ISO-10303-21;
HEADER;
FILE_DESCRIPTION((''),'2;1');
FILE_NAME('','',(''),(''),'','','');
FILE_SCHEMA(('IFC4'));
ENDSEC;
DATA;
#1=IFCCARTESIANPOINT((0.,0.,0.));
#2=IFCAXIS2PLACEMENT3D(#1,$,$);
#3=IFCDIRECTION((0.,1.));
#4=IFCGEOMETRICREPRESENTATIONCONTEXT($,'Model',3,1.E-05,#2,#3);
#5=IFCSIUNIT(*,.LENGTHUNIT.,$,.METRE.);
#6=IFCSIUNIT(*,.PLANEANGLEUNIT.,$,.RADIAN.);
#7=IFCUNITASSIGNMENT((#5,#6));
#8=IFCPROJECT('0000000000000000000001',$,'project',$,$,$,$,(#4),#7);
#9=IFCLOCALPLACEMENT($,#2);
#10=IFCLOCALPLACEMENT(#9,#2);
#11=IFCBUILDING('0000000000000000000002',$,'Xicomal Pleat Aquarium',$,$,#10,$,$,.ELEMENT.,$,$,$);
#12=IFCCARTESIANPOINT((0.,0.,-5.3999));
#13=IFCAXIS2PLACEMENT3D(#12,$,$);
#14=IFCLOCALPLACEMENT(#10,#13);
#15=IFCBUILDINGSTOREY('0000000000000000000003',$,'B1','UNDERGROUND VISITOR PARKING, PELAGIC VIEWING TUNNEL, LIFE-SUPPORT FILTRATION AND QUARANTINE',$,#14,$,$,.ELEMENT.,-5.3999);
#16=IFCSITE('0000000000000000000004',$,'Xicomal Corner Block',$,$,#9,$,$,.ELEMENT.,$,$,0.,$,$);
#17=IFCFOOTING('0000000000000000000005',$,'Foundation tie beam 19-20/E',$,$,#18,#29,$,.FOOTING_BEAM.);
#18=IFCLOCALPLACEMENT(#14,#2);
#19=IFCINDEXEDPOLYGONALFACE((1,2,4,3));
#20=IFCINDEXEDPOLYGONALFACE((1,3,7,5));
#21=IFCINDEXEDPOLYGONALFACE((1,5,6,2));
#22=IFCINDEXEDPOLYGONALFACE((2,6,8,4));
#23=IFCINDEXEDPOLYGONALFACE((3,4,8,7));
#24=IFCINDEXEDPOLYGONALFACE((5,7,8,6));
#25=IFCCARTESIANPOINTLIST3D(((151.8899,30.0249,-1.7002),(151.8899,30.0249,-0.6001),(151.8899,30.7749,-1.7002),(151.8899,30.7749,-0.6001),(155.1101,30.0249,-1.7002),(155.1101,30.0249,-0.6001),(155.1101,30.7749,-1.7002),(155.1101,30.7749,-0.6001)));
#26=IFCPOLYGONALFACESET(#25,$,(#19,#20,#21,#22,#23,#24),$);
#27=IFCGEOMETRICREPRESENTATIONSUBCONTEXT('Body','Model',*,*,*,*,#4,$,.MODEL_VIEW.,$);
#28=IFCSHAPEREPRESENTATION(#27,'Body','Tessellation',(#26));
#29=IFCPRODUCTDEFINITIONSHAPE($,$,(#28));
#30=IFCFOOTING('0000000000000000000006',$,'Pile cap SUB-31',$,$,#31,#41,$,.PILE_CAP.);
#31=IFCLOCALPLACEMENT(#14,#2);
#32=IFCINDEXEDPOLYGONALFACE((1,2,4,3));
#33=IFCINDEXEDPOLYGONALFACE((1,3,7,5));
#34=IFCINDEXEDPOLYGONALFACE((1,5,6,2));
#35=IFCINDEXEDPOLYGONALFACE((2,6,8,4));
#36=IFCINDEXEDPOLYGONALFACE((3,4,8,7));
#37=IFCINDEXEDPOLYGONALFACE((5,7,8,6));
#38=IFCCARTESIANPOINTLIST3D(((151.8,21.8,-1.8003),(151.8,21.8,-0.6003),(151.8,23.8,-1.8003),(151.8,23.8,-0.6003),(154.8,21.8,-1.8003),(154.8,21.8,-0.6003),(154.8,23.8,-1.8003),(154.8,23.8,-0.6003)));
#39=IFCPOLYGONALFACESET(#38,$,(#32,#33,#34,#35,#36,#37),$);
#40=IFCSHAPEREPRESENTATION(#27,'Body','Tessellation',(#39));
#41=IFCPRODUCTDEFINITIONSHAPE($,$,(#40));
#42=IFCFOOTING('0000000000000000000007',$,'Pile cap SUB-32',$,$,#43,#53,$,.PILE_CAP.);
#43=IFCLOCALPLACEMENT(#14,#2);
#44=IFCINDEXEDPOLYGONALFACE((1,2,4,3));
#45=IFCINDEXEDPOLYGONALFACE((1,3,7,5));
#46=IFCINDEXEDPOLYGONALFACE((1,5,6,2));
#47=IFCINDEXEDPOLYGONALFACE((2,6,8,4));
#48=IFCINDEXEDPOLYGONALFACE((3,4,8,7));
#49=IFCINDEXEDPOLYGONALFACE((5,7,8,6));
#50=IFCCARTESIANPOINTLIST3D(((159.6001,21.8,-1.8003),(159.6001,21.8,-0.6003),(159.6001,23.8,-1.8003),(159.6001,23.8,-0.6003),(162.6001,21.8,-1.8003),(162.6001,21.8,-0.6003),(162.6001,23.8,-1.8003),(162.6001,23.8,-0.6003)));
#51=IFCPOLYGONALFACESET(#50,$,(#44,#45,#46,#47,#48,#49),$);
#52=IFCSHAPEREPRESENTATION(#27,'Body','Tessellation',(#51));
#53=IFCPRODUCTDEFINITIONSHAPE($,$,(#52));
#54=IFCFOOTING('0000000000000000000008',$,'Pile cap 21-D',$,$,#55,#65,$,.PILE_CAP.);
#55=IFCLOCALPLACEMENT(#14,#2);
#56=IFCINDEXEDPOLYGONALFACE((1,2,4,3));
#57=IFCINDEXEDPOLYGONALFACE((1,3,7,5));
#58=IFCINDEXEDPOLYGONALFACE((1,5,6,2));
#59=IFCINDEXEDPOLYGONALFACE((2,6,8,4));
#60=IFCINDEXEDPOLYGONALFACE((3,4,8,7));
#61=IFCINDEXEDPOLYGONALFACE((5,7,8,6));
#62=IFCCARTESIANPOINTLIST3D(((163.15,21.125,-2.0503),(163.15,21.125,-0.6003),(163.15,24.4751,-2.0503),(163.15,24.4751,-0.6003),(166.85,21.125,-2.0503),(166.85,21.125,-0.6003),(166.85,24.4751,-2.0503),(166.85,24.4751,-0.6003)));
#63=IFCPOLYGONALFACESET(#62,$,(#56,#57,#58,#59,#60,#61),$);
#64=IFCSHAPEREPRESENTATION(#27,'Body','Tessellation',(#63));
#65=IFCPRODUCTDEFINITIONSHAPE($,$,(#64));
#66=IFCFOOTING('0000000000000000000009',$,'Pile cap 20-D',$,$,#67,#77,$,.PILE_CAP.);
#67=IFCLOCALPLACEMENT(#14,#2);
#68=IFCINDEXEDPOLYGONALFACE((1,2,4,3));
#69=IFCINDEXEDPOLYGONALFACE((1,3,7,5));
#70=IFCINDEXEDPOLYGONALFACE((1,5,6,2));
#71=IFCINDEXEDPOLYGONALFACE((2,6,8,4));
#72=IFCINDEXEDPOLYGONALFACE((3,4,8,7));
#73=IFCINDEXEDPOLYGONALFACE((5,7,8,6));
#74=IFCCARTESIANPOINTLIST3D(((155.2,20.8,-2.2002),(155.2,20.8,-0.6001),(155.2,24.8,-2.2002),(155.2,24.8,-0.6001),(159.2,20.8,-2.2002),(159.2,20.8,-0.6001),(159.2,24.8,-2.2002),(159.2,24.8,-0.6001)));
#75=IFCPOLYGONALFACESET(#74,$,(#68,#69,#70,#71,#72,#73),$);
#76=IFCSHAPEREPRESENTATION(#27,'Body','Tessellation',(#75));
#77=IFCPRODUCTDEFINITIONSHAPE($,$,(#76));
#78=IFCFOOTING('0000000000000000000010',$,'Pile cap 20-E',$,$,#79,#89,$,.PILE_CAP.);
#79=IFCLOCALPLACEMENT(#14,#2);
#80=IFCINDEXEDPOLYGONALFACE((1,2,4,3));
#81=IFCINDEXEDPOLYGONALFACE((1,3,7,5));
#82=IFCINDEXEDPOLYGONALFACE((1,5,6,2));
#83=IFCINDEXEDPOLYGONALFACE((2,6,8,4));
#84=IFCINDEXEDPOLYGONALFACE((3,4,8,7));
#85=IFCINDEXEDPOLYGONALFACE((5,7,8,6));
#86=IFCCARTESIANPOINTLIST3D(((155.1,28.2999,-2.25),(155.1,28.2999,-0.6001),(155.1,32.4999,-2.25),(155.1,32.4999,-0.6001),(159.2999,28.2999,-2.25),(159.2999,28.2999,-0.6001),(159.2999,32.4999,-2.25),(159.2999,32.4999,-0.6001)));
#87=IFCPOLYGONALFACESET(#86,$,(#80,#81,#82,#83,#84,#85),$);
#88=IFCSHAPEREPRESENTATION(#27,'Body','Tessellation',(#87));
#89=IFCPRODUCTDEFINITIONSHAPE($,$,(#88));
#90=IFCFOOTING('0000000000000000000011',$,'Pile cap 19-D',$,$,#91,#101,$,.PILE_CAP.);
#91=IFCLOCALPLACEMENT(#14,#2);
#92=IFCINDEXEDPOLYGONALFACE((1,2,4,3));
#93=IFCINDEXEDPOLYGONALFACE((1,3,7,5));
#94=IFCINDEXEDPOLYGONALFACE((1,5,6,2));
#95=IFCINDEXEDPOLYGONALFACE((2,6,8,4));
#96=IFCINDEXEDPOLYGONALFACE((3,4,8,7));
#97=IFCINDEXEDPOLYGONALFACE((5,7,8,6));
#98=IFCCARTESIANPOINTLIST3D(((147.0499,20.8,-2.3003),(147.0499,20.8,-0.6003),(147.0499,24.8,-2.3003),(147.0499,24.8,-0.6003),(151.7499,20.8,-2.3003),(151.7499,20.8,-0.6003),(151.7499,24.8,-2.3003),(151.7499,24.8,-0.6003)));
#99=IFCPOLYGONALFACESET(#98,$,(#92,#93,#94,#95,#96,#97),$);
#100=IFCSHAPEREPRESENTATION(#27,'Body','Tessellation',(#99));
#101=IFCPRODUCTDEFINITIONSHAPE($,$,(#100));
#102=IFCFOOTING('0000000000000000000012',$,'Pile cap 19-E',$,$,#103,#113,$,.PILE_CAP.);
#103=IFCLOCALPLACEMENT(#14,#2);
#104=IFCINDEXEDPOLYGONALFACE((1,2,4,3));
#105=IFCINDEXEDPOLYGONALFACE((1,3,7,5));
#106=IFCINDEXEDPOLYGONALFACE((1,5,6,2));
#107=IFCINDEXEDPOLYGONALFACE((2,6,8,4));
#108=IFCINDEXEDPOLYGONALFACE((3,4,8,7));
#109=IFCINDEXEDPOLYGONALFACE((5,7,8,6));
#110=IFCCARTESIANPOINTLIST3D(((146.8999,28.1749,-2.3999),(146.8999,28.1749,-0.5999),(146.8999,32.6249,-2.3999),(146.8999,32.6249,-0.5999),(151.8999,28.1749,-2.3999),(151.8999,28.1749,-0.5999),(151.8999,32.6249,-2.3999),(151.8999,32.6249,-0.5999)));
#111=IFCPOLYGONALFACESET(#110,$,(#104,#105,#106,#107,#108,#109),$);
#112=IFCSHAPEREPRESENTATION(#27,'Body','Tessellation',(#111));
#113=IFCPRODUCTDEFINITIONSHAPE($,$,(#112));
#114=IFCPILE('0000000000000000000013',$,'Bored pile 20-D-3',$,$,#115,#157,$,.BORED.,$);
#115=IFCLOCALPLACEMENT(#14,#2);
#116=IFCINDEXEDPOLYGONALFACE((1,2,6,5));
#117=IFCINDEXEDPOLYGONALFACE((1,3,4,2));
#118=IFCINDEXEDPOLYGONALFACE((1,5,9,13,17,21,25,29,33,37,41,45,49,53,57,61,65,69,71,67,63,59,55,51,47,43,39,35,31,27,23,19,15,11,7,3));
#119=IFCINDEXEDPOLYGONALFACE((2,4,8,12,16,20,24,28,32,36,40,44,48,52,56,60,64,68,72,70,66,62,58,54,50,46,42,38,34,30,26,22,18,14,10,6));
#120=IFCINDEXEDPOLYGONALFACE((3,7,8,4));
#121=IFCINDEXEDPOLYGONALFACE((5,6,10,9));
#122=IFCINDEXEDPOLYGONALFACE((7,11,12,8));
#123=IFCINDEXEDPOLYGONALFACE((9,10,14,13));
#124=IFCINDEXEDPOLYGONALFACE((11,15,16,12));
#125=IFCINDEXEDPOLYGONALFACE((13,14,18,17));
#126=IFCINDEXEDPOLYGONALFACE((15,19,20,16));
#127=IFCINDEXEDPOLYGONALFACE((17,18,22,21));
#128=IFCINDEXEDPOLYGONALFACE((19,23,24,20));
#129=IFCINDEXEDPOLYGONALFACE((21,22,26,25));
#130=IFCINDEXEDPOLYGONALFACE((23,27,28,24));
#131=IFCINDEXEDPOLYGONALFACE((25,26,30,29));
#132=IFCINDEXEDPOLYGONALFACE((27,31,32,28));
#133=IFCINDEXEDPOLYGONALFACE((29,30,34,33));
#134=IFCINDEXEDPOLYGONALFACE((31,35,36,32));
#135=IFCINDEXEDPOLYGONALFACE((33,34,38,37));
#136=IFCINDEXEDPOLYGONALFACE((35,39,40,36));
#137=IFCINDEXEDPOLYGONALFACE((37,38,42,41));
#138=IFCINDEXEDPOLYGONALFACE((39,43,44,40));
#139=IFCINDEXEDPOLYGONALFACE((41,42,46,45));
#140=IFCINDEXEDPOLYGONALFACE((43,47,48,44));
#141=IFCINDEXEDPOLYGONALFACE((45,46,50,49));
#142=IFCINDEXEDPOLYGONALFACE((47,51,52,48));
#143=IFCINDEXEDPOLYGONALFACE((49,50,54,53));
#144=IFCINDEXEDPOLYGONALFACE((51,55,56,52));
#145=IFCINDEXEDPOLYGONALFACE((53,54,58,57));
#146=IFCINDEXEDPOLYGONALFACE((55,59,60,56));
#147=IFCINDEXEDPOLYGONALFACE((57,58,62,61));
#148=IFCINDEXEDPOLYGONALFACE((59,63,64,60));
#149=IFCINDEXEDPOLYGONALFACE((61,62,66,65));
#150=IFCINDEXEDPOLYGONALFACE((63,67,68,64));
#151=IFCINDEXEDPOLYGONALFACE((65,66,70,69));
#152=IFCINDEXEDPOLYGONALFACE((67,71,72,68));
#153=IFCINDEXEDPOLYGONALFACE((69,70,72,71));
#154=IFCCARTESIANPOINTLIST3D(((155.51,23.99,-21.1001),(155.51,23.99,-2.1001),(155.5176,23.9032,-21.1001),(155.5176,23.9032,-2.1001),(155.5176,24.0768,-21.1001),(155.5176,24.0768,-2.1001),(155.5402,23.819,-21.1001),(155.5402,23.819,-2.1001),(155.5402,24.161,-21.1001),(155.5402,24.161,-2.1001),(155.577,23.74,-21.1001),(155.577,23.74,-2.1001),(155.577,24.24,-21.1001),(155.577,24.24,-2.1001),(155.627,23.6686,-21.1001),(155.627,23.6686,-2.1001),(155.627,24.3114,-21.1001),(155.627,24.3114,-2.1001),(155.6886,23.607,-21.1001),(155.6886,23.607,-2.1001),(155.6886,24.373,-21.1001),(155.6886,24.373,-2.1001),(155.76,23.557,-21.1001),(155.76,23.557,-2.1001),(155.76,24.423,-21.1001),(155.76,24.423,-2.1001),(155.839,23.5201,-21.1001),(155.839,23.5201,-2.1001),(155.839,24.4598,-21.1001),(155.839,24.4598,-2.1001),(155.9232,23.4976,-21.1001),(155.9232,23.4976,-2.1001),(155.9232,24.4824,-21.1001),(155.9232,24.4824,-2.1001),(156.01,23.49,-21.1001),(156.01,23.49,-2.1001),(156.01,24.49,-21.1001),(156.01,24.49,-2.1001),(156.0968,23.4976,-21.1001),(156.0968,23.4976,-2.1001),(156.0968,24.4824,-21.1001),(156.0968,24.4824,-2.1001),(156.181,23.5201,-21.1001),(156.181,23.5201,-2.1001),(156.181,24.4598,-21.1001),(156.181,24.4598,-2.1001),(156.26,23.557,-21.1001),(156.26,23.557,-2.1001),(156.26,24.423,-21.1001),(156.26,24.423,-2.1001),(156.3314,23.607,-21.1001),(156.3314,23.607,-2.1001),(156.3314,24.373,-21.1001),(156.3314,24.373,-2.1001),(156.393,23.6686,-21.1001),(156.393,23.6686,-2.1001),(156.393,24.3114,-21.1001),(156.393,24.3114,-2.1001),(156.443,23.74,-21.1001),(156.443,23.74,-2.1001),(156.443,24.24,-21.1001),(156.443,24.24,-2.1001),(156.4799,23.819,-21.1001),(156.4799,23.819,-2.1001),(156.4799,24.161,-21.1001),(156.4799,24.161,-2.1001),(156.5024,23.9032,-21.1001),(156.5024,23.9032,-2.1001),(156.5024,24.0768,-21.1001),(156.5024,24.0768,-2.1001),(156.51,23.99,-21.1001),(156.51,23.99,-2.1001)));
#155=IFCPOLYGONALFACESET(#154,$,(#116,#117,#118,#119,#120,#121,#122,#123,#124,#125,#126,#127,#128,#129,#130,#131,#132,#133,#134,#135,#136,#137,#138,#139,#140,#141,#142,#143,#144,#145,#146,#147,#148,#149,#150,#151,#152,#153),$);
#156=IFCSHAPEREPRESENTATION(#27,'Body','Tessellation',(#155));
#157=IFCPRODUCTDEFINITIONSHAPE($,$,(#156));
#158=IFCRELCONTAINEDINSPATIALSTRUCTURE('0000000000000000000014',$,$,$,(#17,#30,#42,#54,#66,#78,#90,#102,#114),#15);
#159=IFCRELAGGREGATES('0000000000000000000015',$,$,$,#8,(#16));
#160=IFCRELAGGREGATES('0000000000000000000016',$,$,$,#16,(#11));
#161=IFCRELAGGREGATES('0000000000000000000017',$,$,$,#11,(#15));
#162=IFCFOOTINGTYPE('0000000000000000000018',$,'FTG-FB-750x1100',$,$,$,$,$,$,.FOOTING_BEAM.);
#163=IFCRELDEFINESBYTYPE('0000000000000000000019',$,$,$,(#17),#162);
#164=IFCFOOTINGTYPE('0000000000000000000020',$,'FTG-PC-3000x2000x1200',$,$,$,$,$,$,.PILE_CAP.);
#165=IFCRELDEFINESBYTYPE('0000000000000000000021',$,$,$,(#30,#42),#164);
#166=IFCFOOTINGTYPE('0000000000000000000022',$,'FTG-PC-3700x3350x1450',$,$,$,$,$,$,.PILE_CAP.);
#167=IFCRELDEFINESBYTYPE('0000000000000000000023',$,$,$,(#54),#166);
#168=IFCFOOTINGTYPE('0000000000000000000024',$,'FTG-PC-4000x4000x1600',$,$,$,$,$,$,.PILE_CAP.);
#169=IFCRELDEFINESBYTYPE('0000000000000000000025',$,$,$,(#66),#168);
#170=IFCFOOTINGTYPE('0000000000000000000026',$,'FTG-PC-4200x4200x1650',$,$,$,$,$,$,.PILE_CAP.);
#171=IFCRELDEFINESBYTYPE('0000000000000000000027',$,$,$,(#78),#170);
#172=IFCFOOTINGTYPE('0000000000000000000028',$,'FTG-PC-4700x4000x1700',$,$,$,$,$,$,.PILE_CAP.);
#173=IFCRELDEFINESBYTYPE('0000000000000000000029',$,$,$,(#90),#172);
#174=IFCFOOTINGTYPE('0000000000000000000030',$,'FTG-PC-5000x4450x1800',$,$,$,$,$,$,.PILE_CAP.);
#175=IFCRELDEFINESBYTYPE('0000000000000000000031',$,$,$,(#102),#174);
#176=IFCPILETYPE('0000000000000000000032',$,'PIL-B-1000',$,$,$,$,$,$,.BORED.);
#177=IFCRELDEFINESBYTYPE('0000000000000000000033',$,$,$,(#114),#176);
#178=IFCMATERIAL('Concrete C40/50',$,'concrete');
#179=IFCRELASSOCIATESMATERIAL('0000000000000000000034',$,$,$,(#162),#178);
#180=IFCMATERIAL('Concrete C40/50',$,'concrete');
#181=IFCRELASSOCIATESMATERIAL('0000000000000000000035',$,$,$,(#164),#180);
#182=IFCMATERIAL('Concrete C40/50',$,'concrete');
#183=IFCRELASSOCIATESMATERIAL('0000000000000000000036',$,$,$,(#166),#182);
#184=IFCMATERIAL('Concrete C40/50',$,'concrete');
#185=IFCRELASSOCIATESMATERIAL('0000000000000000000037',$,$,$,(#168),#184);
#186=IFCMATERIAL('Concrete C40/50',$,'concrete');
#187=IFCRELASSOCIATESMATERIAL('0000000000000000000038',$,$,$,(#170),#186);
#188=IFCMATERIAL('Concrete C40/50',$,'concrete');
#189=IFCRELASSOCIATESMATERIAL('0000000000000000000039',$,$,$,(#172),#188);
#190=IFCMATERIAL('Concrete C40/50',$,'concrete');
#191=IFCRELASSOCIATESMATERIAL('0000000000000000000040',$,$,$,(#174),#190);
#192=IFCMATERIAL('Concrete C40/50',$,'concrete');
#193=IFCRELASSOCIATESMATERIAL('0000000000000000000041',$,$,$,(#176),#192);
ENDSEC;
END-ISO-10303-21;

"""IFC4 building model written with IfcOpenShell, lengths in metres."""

from ifc_helpers import new_model, si_unit, direction, frame, origin, origin_2d, place, context, subcontext, project, spatial, rectangle, circle, extrude, material, material_profile, profile_set, type_object, element, save


model = new_model("IFC4")

# Units and contexts
model_context = context("Model", 3, precision=1e-05, world=origin(), true_north=direction((0.0, 1.0)))
body_context = subcontext(model_context, "Body", "Model", "MODEL_VIEW")
ifc_project = project(units=[si_unit("LENGTHUNIT", "METRE"), si_unit("PLANEANGLEUNIT", "RADIAN")], contexts=[model_context])

# Site, building, storey
site_placement = place(None, origin())
site = spatial("IfcSite", under=ifc_project, at=site_placement, Name="Xicomal Corner Block", CompositionType="ELEMENT", RefElevation=0.0)
building_placement = place(site_placement, origin())
building = spatial("IfcBuilding", under=site, at=building_placement, Name="Xicomal Pleat Aquarium", CompositionType="ELEMENT")
storey_placement = place(building_placement, frame((0.0, 0.0, -5.3999)))
storey = spatial("IfcBuildingStorey", under=building, at=storey_placement, Name="B1", Description="UNDERGROUND VISITOR PARKING, PELAGIC VIEWING TUNNEL, LIFE-SUPPORT FILTRATION AND QUARANTINE", CompositionType="ELEMENT", Elevation=-5.3999)

# Footings
ifc_material_1 = material(Name="Concrete C40/50", Category="concrete")
ifc_material_profile_1 = material_profile(ifc_material_1, rectangle(XDim=0.75, YDim=1.1001, at=origin_2d()), Name="FB-04 750x1100")
ifc_profile_set_1 = profile_set([ifc_material_profile_1], Name="Concrete C40/50")
footing_type_1 = type_object("IfcFootingType", Name="FTG-FB-750x1100", PredefinedType="FOOTING_BEAM", material=ifc_profile_set_1)
footing_1_placement = place(storey_placement, frame((151.8899, 30.3999, -1.1501), z_axis=(1.0, 0.0, 0.0), x_axis=(0.0, 1.0, 0.0)))
element("IfcFooting", 1, at=footing_1_placement, inside=storey, type_object=footing_type_1, Name="Foundation tie beam 19-20/E", PredefinedType="FOOTING_BEAM", context=body_context, shape_type="SweptSolid", body=[
    extrude(rectangle(XDim=0.75, YDim=1.1001, at=origin_2d()), origin(), (0.0, 0.0, 1.0), 3.2202),
])
ifc_material_2 = material(Name="Concrete C40/50", Category="concrete")
footing_type_2 = type_object("IfcFootingType", Name="FTG-PC-3000x2000x1200", PredefinedType="PILE_CAP", material=ifc_material_2)
for number, where, z_axis, x_axis, name in (
    (2, (153.3, 22.8, -1.8003), (0.0, 0.0, 1.0), (1.0, 0.0, 0.0), "Pile cap SUB-31"),
    (3, (161.1001, 22.8, -1.8003), (0.0, 0.0, 1.0), (1.0, 0.0, 0.0), "Pile cap SUB-32"),
):
    element("IfcFooting", number, at=place(storey_placement, frame(where, z_axis=z_axis, x_axis=x_axis)), inside=storey, type_object=footing_type_2, Name=name, PredefinedType="PILE_CAP", context=body_context, shape_type="SweptSolid", body=[
        extrude(rectangle(XDim=3.0, YDim=2.0, at=origin_2d()), origin(), (0.0, 0.0, 1.0), 1.2),
    ])
ifc_material_3 = material(Name="Concrete C40/50", Category="concrete")
footing_type_3 = type_object("IfcFootingType", Name="FTG-PC-3700x3350x1450", PredefinedType="PILE_CAP", material=ifc_material_3)
footing_2_placement = place(storey_placement, frame((165.0, 22.8, -2.0503), z_axis=(0.0, 0.0, 1.0), x_axis=(1.0, 0.0, 0.0)))
element("IfcFooting", 4, at=footing_2_placement, inside=storey, type_object=footing_type_3, Name="Pile cap 21-D", PredefinedType="PILE_CAP", context=body_context, shape_type="SweptSolid", body=[
    extrude(rectangle(XDim=3.7, YDim=3.3501, at=origin_2d()), origin(), (0.0, 0.0, 1.0), 1.45),
])
ifc_material_4 = material(Name="Concrete C40/50", Category="concrete")
footing_type_4 = type_object("IfcFootingType", Name="FTG-PC-4000x4000x1600", PredefinedType="PILE_CAP", material=ifc_material_4)
footing_3_placement = place(storey_placement, frame((157.2, 22.8, -2.2002), z_axis=(0.0, 0.0, 1.0), x_axis=(1.0, 0.0, 0.0)))
element("IfcFooting", 5, at=footing_3_placement, inside=storey, type_object=footing_type_4, Name="Pile cap 20-D", PredefinedType="PILE_CAP", context=body_context, shape_type="SweptSolid", body=[
    extrude(rectangle(XDim=4.0, YDim=4.0, at=origin_2d()), origin(), (0.0, 0.0, 1.0), 1.6001),
])
ifc_material_5 = material(Name="Concrete C40/50", Category="concrete")
footing_type_5 = type_object("IfcFootingType", Name="FTG-PC-4200x4200x1650", PredefinedType="PILE_CAP", material=ifc_material_5)
footing_4_placement = place(storey_placement, frame((157.2, 30.3999, -2.25), z_axis=(0.0, 0.0, 1.0), x_axis=(1.0, 0.0, 0.0)))
element("IfcFooting", 6, at=footing_4_placement, inside=storey, type_object=footing_type_5, Name="Pile cap 20-E", PredefinedType="PILE_CAP", context=body_context, shape_type="SweptSolid", body=[
    extrude(rectangle(XDim=4.2, YDim=4.2, at=origin_2d()), origin(), (0.0, 0.0, 1.0), 1.6499),
])
ifc_material_6 = material(Name="Concrete C40/50", Category="concrete")
footing_type_6 = type_object("IfcFootingType", Name="FTG-PC-4700x4000x1700", PredefinedType="PILE_CAP", material=ifc_material_6)
footing_5_placement = place(storey_placement, frame((149.3999, 22.8, -2.3003), z_axis=(0.0, 0.0, 1.0), x_axis=(1.0, 0.0, 0.0)))
element("IfcFooting", 7, at=footing_5_placement, inside=storey, type_object=footing_type_6, Name="Pile cap 19-D", PredefinedType="PILE_CAP", context=body_context, shape_type="SweptSolid", body=[
    extrude(rectangle(XDim=4.7, YDim=4.0, at=origin_2d()), origin(), (0.0, 0.0, 1.0), 1.7),
])
ifc_material_7 = material(Name="Concrete C40/50", Category="concrete")
footing_type_7 = type_object("IfcFootingType", Name="FTG-PC-5000x4450x1800", PredefinedType="PILE_CAP", material=ifc_material_7)
footing_6_placement = place(storey_placement, frame((149.3999, 30.3999, -2.3999), z_axis=(0.0, 0.0, 1.0), x_axis=(1.0, 0.0, 0.0)))
element("IfcFooting", 8, at=footing_6_placement, inside=storey, type_object=footing_type_7, Name="Pile cap 19-E", PredefinedType="PILE_CAP", context=body_context, shape_type="SweptSolid", body=[
    extrude(rectangle(XDim=5.0, YDim=4.45, at=origin_2d()), origin(), (0.0, 0.0, 1.0), 1.8),
])

# Pile
ifc_material_8 = material(Name="Concrete C40/50", Category="concrete")
ifc_material_profile_2 = material_profile(ifc_material_8, circle(Radius=0.5, at=origin_2d()), Name="BORED PILE D1000")
ifc_profile_set_2 = profile_set([ifc_material_profile_2], Name="Concrete C40/50")
pile_type_1 = type_object("IfcPileType", Name="PIL-B-1000", PredefinedType="BORED", material=ifc_profile_set_2)
for number, where, z_axis, x_axis, name in (
    (9, (156.01, 23.99, -2.1001), (0.0, 0.0, -1.0), (1.0, 0.0, 0.0), "Bored pile 20-D-3"),
):
    element("IfcPile", number, at=place(storey_placement, frame(where, z_axis=z_axis, x_axis=x_axis)), inside=storey, type_object=pile_type_1, Name=name, PredefinedType="BORED", context=body_context, shape_type="SweptSolid", body=[
        extrude(circle(Radius=0.5, at=origin_2d()), origin(), (0.0, 0.0, 1.0), 19.0),
    ])

save(model, "model.ifc")
